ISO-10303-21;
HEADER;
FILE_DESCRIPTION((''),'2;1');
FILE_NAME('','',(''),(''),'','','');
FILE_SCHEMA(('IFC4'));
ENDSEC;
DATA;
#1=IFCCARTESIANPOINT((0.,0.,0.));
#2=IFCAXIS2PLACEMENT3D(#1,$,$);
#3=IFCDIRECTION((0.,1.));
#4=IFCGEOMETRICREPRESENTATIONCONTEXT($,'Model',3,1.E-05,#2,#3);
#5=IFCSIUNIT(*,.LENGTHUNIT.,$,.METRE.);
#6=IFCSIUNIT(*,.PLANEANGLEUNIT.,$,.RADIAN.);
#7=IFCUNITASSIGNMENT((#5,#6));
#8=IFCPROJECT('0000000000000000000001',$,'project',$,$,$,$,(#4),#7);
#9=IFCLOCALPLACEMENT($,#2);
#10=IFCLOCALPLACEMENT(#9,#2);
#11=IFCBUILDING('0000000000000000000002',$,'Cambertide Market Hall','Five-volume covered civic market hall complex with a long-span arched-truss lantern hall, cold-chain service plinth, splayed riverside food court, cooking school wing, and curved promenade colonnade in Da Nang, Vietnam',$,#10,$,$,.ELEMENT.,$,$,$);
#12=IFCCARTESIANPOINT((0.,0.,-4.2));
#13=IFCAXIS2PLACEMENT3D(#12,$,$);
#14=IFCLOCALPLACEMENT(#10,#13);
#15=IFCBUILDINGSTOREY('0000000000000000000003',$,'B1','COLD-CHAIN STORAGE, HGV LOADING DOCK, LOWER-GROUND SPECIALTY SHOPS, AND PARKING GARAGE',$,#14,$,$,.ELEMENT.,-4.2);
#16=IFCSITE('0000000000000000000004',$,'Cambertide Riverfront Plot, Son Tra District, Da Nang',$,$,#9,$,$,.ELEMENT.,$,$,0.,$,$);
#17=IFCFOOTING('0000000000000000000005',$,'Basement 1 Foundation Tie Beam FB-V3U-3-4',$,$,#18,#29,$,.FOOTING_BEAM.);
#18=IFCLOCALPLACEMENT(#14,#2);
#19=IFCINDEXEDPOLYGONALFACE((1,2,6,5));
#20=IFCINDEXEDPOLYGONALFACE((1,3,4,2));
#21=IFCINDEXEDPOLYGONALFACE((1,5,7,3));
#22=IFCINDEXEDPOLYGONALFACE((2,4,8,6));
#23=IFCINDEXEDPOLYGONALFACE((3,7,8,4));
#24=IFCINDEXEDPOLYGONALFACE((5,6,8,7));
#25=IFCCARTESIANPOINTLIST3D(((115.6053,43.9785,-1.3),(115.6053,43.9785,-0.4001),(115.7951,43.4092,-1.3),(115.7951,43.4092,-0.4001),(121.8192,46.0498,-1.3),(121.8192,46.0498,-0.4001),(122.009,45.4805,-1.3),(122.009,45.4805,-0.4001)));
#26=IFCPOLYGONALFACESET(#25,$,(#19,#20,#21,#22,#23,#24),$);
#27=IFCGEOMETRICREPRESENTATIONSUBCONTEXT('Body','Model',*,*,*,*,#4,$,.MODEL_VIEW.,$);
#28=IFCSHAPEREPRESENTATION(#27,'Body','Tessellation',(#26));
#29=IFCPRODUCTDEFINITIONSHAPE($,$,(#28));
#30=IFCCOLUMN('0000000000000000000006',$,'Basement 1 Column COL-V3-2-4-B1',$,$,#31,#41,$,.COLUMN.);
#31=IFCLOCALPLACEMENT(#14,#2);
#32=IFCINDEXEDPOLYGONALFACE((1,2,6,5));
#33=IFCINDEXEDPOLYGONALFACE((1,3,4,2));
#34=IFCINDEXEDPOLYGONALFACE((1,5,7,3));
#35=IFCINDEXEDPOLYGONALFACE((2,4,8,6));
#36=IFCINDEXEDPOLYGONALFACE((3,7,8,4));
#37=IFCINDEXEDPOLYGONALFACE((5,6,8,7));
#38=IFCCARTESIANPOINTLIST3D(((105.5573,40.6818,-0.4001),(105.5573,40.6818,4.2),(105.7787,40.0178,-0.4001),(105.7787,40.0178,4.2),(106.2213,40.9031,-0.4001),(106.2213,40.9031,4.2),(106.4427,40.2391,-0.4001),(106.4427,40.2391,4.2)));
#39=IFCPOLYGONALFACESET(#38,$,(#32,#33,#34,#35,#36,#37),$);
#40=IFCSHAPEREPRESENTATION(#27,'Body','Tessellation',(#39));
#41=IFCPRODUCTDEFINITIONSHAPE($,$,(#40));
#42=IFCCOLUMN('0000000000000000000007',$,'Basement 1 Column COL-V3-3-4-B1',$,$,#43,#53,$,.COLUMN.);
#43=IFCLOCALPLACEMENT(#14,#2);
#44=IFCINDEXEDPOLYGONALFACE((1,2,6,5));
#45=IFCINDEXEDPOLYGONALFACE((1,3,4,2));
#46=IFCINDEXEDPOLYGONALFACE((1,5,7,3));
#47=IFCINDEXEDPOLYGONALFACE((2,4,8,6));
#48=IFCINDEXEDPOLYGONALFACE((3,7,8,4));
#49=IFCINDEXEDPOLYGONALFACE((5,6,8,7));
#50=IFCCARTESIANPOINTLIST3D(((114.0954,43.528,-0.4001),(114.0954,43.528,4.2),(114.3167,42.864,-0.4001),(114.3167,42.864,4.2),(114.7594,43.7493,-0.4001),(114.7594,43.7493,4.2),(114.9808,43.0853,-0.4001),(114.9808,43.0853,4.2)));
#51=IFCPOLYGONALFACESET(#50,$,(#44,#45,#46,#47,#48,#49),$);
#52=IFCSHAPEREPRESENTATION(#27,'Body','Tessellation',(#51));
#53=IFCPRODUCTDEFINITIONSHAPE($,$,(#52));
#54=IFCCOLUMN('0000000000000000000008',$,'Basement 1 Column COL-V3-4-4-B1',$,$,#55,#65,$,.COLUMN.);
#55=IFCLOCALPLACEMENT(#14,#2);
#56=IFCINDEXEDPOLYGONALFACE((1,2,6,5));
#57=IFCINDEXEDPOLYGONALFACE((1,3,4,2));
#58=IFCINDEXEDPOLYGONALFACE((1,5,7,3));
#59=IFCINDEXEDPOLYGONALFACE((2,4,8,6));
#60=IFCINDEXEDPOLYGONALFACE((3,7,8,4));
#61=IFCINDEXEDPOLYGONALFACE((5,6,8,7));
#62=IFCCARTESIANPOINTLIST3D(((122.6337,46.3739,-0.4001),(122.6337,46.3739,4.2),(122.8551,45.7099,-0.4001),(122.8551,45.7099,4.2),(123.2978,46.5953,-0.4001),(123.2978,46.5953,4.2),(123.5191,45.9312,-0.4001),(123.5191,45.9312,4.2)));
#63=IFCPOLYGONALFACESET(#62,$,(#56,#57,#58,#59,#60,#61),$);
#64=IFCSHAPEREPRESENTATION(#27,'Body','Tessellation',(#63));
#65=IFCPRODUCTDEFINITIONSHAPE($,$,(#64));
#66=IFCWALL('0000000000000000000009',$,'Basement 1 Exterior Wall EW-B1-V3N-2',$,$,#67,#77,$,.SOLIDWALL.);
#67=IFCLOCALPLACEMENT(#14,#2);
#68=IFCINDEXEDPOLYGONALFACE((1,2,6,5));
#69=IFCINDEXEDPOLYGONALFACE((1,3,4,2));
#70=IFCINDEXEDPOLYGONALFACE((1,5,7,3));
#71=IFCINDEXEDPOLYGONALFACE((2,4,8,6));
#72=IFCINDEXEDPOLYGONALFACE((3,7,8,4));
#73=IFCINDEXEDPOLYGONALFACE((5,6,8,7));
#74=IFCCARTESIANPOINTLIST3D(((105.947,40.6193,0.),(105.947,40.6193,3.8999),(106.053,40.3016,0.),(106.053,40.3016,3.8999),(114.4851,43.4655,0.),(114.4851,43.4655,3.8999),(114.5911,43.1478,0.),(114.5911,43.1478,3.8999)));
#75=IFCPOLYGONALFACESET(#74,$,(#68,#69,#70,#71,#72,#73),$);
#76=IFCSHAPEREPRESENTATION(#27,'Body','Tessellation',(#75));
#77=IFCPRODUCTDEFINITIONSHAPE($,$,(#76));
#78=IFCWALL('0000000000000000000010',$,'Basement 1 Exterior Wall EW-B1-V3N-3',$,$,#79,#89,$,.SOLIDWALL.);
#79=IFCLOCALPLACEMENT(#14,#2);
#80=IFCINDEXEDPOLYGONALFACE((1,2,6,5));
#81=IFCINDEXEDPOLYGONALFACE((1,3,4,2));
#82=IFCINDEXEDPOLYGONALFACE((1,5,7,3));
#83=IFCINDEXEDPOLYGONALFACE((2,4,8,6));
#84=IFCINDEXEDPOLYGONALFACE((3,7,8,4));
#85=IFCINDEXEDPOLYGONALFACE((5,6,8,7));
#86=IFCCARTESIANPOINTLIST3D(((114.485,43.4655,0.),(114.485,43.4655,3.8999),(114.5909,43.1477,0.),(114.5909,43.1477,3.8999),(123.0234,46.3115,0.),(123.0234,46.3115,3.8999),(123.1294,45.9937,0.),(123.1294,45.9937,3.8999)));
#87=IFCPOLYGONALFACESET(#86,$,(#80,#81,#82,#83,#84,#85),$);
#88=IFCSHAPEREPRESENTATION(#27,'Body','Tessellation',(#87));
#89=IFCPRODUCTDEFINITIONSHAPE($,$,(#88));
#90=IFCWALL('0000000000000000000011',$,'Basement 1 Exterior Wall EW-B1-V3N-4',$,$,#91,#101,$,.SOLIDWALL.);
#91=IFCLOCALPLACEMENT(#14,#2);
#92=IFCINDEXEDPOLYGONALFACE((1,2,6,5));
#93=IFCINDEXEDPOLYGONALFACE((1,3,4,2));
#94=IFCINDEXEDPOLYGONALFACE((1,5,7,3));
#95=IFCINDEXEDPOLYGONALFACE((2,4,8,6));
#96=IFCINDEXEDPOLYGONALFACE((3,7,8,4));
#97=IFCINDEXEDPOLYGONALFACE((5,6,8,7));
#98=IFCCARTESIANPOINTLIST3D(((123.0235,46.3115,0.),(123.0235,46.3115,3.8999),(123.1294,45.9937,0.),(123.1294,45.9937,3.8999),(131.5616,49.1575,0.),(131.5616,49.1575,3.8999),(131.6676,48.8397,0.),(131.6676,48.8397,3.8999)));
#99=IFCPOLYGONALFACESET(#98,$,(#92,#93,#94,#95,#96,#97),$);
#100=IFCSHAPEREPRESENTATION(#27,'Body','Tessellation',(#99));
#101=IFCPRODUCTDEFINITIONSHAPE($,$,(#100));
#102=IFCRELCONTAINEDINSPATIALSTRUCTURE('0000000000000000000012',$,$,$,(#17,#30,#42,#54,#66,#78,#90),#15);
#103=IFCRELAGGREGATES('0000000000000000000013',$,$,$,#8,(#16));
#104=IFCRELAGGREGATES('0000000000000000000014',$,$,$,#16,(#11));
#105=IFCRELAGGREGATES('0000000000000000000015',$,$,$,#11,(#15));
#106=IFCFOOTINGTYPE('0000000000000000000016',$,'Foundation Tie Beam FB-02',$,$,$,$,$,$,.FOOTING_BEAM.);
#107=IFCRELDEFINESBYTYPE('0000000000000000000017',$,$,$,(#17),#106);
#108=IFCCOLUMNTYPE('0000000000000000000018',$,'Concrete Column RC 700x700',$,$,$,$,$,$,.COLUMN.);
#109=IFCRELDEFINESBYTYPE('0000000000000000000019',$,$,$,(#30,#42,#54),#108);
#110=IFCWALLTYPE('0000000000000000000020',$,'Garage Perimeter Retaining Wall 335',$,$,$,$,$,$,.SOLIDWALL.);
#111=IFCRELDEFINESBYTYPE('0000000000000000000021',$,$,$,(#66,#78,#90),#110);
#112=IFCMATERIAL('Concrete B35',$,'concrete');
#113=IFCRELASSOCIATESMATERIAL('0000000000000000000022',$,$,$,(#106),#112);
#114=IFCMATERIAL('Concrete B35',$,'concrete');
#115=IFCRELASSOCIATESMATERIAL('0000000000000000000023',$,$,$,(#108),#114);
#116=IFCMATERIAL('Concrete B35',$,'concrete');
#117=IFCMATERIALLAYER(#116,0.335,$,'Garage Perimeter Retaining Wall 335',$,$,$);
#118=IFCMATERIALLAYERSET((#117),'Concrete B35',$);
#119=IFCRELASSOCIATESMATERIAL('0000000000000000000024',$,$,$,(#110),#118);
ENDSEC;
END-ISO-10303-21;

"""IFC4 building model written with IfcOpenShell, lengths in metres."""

from ifc_helpers import new_model, si_unit, direction, frame, frame_2d, origin, origin_2d, place, context, subcontext, project, spatial, rectangle, extrude, material, layer, layer_set, material_profile, profile_set, type_object, element, save


model = new_model("IFC4")

# Units and contexts
model_context = context("Model", 3, precision=1e-05, world=origin(), true_north=direction((0.0, 1.0)))
body_context = subcontext(model_context, "Body", "Model", "MODEL_VIEW")
ifc_project = project(units=[si_unit("LENGTHUNIT", "METRE"), si_unit("PLANEANGLEUNIT", "RADIAN")], contexts=[model_context])

# Site, building, storey
site_placement = place(None, origin())
site = spatial("IfcSite", under=ifc_project, at=site_placement, Name="Cambertide Riverfront Plot, Son Tra District, Da Nang", CompositionType="ELEMENT", RefElevation=0.0)
building_placement = place(site_placement, origin())
building = spatial("IfcBuilding", under=site, at=building_placement, Name="Cambertide Market Hall", Description="Five-volume covered civic market hall complex with a long-span arched-truss lantern hall, cold-chain service plinth, splayed riverside food court, cooking school wing, and curved promenade colonnade in Da Nang, Vietnam", CompositionType="ELEMENT")
storey_placement = place(building_placement, frame((0.0, 0.0, -4.2)))
storey = spatial("IfcBuildingStorey", under=building, at=storey_placement, Name="B1", Description="COLD-CHAIN STORAGE, HGV LOADING DOCK, LOWER-GROUND SPECIALTY SHOPS, AND PARKING GARAGE", CompositionType="ELEMENT", Elevation=-4.2)

# Footing
ifc_material_1 = material(Name="Concrete B35", Category="concrete")
footing_type_1 = type_object("IfcFootingType", Name="Foundation Tie Beam FB-02", PredefinedType="FOOTING_BEAM", material=ifc_material_1)
for number, where, z_axis, x_axis, name in (
    (1, (118.8071, 44.7295, -1.3), (0.0, 0.0, 1.0), (0.948683, 0.316228, 0.0), "Basement 1 Foundation Tie Beam FB-V3U-3-4"),
):
    element("IfcFooting", number, at=place(storey_placement, frame(where, z_axis=z_axis, x_axis=x_axis)), inside=storey, type_object=footing_type_1, Name=name, PredefinedType="FOOTING_BEAM", context=body_context, shape_type="SweptSolid", body=[
        extrude(rectangle(XDim=6.55, YDim=0.6001, at=origin_2d()), origin(), (0.0, 0.0, 1.0), 0.8999),
    ])

# Columns
ifc_material_2 = material(Name="Concrete B35", Category="concrete")
ifc_material_profile_1 = material_profile(ifc_material_2, rectangle(XDim=0.7, YDim=0.7, at=origin_2d()), Name="RC 700x700")
ifc_profile_set_1 = profile_set([ifc_material_profile_1], Name="Concrete B35")
column_type = type_object("IfcColumnType", Name="Concrete Column RC 700x700", PredefinedType="COLUMN", material=ifc_profile_set_1)
for number, where, z_axis, x_axis, name in (
    (2, (106.0, 40.4604, -0.4001), (0.0, 0.0, 1.0), (0.948683, 0.316228, 0.0), "Basement 1 Column COL-V3-2-4-B1"),
    (3, (114.5381, 43.3066, -0.4001), (0.0, 0.0, 1.0), (0.948683, 0.316228, 0.0), "Basement 1 Column COL-V3-3-4-B1"),
    (4, (123.0764, 46.1526, -0.4001), (0.0, 0.0, 1.0), (0.948683, 0.316228, 0.0), "Basement 1 Column COL-V3-4-4-B1"),
):
    element("IfcColumn", number, at=place(storey_placement, frame(where, z_axis=z_axis, x_axis=x_axis)), inside=storey, type_object=column_type, Name=name, PredefinedType="COLUMN", context=body_context, shape_type="SweptSolid", body=[
        extrude(rectangle(XDim=0.7, YDim=0.7, at=origin_2d()), origin(), (0.0, 0.0, 1.0), 4.6001),
    ])

# Walls
ifc_material_3 = material(Name="Concrete B35", Category="concrete")
ifc_layer = layer(ifc_material_3, 0.335, Name="Garage Perimeter Retaining Wall 335")
ifc_layer_set = layer_set([ifc_layer], Name="Concrete B35")
wall_type = type_object("IfcWallType", Name="Garage Perimeter Retaining Wall 335", PredefinedType="SOLIDWALL", material=ifc_layer_set)
wall_1_placement = place(storey_placement, frame((106.0, 40.4604, 0.0), z_axis=(0.0, 0.0, 1.0), x_axis=(0.948678, 0.316244, 0.0)))
element("IfcWall", 5, at=wall_1_placement, inside=storey, type_object=wall_type, Name="Basement 1 Exterior Wall EW-B1-V3N-2", PredefinedType="SOLIDWALL", context=body_context, shape_type="SweptSolid", body=[
    extrude(rectangle(XDim=9.0, YDim=0.335, at=frame_2d((4.5, 0.0))), origin(), (0.0, 0.0, 1.0), 3.8999),
])
wall_2_placement = place(storey_placement, frame((114.5381, 43.3066, 0.0), z_axis=(0.0, 0.0, 1.0), x_axis=(0.948689, 0.316211, 0.0)))
element("IfcWall", 6, at=wall_2_placement, inside=storey, type_object=wall_type, Name="Basement 1 Exterior Wall EW-B1-V3N-3", PredefinedType="SOLIDWALL", context=body_context, shape_type="SweptSolid", body=[
    extrude(rectangle(XDim=9.0002, YDim=0.335, at=frame_2d((4.5, 0.0))), origin(), (0.0, 0.0, 1.0), 3.8999),
])
wall_3_placement = place(storey_placement, frame((123.0764, 46.1526, 0.0), z_axis=(0.0, 0.0, 1.0), x_axis=(0.948686, 0.31622, 0.0)))
element("IfcWall", 7, at=wall_3_placement, inside=storey, type_object=wall_type, Name="Basement 1 Exterior Wall EW-B1-V3N-4", PredefinedType="SOLIDWALL", context=body_context, shape_type="SweptSolid", body=[
    extrude(rectangle(XDim=9.0, YDim=0.335, at=frame_2d((4.5, 0.0))), origin(), (0.0, 0.0, 1.0), 3.8999),
])

save(model, "model.ifc")
